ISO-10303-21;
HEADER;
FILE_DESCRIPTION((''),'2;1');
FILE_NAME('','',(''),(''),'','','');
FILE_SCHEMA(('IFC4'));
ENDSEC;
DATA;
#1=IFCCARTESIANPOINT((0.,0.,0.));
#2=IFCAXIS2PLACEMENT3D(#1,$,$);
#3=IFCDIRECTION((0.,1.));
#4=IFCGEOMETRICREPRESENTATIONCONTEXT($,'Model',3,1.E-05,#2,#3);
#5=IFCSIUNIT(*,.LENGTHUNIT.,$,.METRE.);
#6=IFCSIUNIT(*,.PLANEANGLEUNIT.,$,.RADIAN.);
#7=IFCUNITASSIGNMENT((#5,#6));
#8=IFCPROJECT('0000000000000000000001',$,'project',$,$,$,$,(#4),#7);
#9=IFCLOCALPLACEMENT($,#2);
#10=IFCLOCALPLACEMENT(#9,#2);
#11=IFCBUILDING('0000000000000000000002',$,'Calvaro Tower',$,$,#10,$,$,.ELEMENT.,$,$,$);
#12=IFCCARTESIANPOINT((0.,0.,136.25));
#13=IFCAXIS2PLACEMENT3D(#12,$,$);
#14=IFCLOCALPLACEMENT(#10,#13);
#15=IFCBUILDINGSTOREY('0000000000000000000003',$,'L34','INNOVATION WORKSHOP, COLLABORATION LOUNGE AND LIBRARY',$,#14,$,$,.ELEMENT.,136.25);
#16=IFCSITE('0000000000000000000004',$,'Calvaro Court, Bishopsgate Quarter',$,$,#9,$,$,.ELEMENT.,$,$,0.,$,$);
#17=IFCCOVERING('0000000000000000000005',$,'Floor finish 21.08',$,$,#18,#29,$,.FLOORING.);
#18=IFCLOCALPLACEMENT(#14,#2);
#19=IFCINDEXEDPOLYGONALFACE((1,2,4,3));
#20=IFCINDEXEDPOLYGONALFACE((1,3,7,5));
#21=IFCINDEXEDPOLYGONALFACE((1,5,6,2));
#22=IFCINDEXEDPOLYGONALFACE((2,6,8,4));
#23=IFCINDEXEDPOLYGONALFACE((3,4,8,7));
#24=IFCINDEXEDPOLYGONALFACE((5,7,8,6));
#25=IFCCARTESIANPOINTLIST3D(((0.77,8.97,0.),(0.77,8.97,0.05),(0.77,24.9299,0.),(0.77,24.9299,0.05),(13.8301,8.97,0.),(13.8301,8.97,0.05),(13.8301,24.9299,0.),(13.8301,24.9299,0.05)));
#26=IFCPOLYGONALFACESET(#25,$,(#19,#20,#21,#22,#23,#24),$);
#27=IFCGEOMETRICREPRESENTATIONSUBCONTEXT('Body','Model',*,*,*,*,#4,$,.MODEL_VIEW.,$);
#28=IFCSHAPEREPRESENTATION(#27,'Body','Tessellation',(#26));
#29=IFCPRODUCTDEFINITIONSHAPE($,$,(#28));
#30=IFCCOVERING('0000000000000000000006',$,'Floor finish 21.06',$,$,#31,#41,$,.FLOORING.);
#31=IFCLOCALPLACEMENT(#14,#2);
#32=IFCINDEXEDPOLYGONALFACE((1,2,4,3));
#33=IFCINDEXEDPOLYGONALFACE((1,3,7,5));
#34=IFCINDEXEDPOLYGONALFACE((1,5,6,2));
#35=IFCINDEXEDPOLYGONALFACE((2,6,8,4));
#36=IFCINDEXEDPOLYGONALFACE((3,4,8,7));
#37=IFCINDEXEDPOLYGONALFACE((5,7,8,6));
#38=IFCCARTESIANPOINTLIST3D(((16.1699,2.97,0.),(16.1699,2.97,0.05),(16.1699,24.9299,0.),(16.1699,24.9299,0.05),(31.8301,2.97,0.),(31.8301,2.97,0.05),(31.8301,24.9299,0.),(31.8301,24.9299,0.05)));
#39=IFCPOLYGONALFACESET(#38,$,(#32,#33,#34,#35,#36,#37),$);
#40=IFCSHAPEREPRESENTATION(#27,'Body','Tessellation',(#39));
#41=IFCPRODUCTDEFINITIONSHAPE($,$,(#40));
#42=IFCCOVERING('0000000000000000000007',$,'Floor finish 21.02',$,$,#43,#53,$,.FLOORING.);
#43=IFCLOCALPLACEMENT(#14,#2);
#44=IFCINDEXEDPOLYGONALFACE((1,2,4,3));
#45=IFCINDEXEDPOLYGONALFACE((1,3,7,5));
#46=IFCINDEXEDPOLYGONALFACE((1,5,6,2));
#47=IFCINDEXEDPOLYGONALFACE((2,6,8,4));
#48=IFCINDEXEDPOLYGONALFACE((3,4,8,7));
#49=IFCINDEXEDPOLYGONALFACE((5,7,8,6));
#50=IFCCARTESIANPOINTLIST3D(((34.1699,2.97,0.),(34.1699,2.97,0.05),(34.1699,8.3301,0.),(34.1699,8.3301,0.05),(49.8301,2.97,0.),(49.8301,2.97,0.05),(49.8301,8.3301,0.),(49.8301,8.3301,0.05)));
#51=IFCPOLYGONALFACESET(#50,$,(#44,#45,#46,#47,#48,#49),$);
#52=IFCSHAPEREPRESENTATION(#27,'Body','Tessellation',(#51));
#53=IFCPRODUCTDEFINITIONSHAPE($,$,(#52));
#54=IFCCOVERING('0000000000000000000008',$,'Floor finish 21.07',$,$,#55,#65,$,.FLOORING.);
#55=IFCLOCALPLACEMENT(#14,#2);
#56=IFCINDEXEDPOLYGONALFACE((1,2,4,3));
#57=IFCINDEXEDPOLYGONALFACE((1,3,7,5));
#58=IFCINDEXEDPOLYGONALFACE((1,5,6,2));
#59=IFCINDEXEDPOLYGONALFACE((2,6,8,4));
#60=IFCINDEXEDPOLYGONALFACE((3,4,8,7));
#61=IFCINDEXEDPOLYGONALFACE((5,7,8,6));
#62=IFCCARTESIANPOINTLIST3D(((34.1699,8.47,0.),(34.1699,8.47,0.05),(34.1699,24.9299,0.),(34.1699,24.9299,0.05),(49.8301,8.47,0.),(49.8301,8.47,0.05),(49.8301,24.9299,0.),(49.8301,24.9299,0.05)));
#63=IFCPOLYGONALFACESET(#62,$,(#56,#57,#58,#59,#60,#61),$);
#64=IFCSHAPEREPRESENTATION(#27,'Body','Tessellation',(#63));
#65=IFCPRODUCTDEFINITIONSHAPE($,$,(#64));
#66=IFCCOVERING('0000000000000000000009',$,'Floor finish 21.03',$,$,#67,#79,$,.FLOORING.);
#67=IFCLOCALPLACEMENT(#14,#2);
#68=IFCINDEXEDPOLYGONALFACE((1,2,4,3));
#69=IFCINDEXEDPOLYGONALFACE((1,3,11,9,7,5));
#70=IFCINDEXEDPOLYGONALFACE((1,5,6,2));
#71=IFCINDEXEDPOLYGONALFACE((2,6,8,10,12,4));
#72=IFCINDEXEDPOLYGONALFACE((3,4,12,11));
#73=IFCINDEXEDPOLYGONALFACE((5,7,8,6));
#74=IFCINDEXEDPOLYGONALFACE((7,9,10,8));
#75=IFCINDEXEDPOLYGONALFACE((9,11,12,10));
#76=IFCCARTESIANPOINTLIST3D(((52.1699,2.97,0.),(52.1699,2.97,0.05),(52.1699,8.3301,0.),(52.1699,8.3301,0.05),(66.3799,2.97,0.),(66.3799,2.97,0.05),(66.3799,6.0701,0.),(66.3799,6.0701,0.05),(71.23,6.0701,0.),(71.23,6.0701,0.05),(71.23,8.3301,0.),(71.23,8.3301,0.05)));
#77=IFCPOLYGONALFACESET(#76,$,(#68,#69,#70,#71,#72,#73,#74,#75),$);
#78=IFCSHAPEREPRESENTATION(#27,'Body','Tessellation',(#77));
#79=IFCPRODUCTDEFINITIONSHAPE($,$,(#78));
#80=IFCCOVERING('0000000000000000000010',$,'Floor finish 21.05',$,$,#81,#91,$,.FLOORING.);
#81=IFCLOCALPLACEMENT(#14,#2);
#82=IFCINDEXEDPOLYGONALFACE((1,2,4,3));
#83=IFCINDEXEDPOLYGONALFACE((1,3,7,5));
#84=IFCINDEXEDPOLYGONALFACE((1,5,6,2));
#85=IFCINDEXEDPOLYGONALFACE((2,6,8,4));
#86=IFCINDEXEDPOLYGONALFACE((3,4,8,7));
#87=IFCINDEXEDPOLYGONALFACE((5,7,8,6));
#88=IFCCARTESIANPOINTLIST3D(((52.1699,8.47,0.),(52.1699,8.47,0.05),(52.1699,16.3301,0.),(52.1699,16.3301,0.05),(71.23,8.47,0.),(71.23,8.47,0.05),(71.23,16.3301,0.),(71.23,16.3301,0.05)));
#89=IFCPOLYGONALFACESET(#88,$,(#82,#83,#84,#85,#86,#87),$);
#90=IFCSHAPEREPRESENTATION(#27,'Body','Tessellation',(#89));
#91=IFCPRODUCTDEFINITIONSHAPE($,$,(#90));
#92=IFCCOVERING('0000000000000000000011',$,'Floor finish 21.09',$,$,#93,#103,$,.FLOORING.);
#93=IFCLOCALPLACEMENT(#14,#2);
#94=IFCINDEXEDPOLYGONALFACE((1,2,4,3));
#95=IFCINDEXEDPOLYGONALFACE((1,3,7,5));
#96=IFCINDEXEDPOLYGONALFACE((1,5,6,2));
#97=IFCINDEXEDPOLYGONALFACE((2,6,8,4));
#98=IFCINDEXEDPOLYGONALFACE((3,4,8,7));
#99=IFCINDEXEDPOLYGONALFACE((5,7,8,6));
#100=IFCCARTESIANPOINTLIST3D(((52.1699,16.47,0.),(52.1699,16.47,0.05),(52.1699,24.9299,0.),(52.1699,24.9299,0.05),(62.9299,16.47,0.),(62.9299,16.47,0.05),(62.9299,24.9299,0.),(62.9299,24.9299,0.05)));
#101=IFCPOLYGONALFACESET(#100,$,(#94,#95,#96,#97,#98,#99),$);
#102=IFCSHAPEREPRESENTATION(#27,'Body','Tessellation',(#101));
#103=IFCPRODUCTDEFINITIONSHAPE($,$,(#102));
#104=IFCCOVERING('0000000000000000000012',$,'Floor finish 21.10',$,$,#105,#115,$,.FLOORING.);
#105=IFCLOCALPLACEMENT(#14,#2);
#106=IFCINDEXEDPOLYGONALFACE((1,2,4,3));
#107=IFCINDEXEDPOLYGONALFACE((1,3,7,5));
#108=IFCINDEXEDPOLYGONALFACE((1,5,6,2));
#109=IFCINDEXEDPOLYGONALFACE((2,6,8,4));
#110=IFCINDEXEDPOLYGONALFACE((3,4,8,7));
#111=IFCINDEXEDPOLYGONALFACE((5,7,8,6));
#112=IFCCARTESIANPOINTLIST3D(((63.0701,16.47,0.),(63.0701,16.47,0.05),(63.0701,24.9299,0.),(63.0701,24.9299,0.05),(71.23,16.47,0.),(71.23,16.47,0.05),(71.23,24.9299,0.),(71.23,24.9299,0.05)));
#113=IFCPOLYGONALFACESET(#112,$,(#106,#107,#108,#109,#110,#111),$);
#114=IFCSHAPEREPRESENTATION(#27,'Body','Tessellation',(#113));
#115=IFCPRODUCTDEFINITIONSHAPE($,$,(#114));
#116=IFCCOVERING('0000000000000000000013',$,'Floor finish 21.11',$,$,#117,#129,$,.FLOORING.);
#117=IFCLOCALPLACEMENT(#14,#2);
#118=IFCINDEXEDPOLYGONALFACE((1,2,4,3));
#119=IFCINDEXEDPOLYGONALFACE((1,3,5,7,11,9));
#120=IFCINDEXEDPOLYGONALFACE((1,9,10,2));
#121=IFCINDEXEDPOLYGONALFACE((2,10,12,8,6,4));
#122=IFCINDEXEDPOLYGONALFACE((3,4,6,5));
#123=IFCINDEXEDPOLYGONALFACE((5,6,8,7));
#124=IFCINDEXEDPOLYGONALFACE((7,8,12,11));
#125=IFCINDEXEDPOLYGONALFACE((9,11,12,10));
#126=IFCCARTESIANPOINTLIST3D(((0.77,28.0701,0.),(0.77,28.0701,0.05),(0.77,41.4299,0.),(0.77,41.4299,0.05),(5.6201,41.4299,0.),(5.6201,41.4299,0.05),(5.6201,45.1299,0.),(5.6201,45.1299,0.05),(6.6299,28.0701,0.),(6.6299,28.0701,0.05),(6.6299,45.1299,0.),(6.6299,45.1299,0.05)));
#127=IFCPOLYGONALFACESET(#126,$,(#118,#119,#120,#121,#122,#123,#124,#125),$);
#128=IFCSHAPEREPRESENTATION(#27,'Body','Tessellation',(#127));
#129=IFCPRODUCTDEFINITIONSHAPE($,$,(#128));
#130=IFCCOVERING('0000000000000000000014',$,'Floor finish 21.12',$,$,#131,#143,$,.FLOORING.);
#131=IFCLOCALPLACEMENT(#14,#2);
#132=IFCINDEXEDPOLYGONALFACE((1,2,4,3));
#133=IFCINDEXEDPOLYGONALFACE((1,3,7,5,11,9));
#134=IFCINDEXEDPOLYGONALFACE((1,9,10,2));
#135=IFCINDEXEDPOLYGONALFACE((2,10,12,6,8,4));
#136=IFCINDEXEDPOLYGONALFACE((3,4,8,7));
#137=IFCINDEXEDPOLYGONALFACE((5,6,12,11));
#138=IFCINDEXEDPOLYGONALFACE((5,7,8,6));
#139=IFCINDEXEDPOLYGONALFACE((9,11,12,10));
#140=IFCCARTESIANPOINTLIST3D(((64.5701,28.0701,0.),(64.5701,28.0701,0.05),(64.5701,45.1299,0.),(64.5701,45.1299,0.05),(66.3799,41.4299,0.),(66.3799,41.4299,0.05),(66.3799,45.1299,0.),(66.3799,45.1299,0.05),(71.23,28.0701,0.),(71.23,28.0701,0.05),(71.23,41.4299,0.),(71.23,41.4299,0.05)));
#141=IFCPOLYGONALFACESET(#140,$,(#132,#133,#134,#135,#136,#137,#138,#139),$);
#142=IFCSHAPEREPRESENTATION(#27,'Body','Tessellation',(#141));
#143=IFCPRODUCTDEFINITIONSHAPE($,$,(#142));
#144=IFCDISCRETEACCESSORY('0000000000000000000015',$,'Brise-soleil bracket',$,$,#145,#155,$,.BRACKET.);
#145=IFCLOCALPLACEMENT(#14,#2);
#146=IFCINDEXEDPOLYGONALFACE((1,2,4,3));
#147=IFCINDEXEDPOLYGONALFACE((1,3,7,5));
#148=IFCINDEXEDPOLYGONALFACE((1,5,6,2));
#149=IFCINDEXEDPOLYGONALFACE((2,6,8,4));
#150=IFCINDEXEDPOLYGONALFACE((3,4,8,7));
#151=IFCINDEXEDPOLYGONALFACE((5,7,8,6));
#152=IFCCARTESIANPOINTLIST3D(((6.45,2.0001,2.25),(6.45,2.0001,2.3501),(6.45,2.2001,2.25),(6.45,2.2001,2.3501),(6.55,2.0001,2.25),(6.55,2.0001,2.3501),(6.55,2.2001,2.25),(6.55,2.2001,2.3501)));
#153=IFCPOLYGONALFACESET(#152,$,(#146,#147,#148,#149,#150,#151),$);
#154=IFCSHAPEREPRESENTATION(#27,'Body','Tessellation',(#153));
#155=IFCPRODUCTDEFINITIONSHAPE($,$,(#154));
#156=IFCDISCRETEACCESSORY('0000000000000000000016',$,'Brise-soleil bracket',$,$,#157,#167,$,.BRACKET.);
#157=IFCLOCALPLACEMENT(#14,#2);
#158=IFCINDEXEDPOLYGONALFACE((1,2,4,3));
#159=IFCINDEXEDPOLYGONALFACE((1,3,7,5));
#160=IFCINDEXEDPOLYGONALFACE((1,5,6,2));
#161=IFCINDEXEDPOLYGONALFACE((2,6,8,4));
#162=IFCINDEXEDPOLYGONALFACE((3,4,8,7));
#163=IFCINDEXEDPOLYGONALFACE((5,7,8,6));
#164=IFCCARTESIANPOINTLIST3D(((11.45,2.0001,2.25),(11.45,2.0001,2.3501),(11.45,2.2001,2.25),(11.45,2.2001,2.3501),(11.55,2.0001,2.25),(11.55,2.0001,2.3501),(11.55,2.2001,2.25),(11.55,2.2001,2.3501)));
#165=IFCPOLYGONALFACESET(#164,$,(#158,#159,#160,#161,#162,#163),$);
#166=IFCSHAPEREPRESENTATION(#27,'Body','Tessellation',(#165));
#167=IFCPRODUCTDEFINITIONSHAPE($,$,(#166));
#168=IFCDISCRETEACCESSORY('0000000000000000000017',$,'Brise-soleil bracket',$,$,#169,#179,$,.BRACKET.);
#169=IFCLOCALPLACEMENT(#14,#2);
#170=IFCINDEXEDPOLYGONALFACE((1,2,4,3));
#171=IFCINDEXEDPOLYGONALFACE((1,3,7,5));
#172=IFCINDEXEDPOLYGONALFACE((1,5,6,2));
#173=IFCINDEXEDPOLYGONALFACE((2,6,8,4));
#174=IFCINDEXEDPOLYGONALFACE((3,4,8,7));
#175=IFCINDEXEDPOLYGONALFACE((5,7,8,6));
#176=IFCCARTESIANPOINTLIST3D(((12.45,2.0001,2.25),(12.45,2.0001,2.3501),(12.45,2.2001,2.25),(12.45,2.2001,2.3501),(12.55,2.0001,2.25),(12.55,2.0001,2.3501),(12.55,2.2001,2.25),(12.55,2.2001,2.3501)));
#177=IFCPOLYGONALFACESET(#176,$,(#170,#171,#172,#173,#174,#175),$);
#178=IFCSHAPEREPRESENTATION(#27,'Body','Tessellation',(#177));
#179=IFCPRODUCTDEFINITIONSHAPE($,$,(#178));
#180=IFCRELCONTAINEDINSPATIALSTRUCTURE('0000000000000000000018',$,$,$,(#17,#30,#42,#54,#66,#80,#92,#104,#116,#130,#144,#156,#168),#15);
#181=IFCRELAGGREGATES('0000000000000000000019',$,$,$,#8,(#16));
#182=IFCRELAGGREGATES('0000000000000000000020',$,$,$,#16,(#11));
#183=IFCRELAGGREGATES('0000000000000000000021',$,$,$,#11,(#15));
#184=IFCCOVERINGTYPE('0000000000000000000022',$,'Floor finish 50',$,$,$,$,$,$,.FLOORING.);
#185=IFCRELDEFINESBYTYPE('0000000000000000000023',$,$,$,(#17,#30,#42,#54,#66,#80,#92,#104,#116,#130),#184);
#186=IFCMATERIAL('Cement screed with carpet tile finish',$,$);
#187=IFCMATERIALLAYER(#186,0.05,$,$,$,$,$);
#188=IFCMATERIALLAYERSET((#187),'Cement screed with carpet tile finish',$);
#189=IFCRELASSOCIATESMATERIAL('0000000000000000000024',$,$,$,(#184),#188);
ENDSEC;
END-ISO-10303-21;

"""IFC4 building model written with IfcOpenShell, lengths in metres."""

from ifc_helpers import new_model, si_unit, direction, frame, origin, origin_2d, place, context, subcontext, project, spatial, polyline, rectangle, outline, extrude, material, layer, layer_set, type_object, element, save


model = new_model("IFC4")

# Units and contexts
model_context = context("Model", 3, precision=1e-05, world=origin(), true_north=direction((0.0, 1.0)))
body_context = subcontext(model_context, "Body", "Model", "MODEL_VIEW")
ifc_project = project(units=[si_unit("LENGTHUNIT", "METRE"), si_unit("PLANEANGLEUNIT", "RADIAN")], contexts=[model_context])

# Site, building, storey
site_placement = place(None, origin())
site = spatial("IfcSite", under=ifc_project, at=site_placement, Name="Calvaro Court, Bishopsgate Quarter", CompositionType="ELEMENT", RefElevation=0.0)
building_placement = place(site_placement, origin())
building = spatial("IfcBuilding", under=site, at=building_placement, Name="Calvaro Tower", CompositionType="ELEMENT")
storey_placement = place(building_placement, frame((0.0, 0.0, 136.25)))
storey = spatial("IfcBuildingStorey", under=building, at=storey_placement, Name="L34", Description="INNOVATION WORKSHOP, COLLABORATION LOUNGE AND LIBRARY", CompositionType="ELEMENT", Elevation=136.25)

# Coverings
ifc_material_1 = material(Name="Cement screed with carpet tile finish")
ifc_layer_1 = layer(ifc_material_1, 0.05)
ifc_layer_set_1 = layer_set([ifc_layer_1], Name="Cement screed with carpet tile finish")
covering_type = type_object("IfcCoveringType", Name="Floor finish 50", PredefinedType="FLOORING", material=ifc_layer_set_1)
covering_1_placement = place(storey_placement, origin())
element("IfcCovering", 1, at=covering_1_placement, inside=storey, type_object=covering_type, Name="Floor finish 21.08", PredefinedType="FLOORING", context=body_context, shape_type="SweptSolid", body=[
    extrude(outline(polyline([(13.8301, 24.9299), (13.8301, 8.97), (0.77, 8.97), (0.77, 24.9299), (13.8301, 24.9299)])), origin(), (0.0, 0.0, 1.0), 0.05),
])
covering_2_placement = place(storey_placement, origin())
element("IfcCovering", 2, at=covering_2_placement, inside=storey, type_object=covering_type, Name="Floor finish 21.06", PredefinedType="FLOORING", context=body_context, shape_type="SweptSolid", body=[
    extrude(outline(polyline([(16.1699, 24.9299), (31.8301, 24.9299), (31.8301, 2.97), (16.1699, 2.97), (16.1699, 24.9299)])), origin(), (0.0, 0.0, 1.0), 0.05),
])
covering_3_placement = place(storey_placement, origin())
element("IfcCovering", 3, at=covering_3_placement, inside=storey, type_object=covering_type, Name="Floor finish 21.02", PredefinedType="FLOORING", context=body_context, shape_type="SweptSolid", body=[
    extrude(outline(polyline([(34.1699, 8.3301), (49.8301, 8.3301), (49.8301, 2.97), (34.1699, 2.97), (34.1699, 8.3301)])), origin(), (0.0, 0.0, 1.0), 0.05),
])
covering_4_placement = place(storey_placement, origin())
element("IfcCovering", 4, at=covering_4_placement, inside=storey, type_object=covering_type, Name="Floor finish 21.07", PredefinedType="FLOORING", context=body_context, shape_type="SweptSolid", body=[
    extrude(outline(polyline([(34.1699, 8.47), (34.1699, 24.9299), (49.8301, 24.9299), (49.8301, 8.47), (34.1699, 8.47)])), origin(), (0.0, 0.0, 1.0), 0.05),
])
covering_5_placement = place(storey_placement, origin())
element("IfcCovering", 5, at=covering_5_placement, inside=storey, type_object=covering_type, Name="Floor finish 21.03", PredefinedType="FLOORING", context=body_context, shape_type="SweptSolid", body=[
    extrude(outline(polyline([(71.23, 6.0701), (66.3799, 6.0701), (66.3799, 2.97), (52.1699, 2.97), (52.1699, 8.3301), (71.23, 8.3301), (71.23, 6.0701)])), origin(), (0.0, 0.0, 1.0), 0.05),
])
covering_6_placement = place(storey_placement, origin())
element("IfcCovering", 6, at=covering_6_placement, inside=storey, type_object=covering_type, Name="Floor finish 21.05", PredefinedType="FLOORING", context=body_context, shape_type="SweptSolid", body=[
    extrude(outline(polyline([(71.23, 8.47), (52.1699, 8.47), (52.1699, 16.3301), (71.23, 16.3301), (71.23, 8.47)])), origin(), (0.0, 0.0, 1.0), 0.05),
])
covering_7_placement = place(storey_placement, origin())
element("IfcCovering", 7, at=covering_7_placement, inside=storey, type_object=covering_type, Name="Floor finish 21.09", PredefinedType="FLOORING", context=body_context, shape_type="SweptSolid", body=[
    extrude(outline(polyline([(52.1699, 16.47), (52.1699, 24.9299), (62.9299, 24.9299), (62.9299, 16.47), (52.1699, 16.47)])), origin(), (0.0, 0.0, 1.0), 0.05),
])
covering_8_placement = place(storey_placement, origin())
element("IfcCovering", 8, at=covering_8_placement, inside=storey, type_object=covering_type, Name="Floor finish 21.10", PredefinedType="FLOORING", context=body_context, shape_type="SweptSolid", body=[
    extrude(outline(polyline([(71.23, 16.47), (63.0701, 16.47), (63.0701, 24.9299), (71.23, 24.9299), (71.23, 16.47)])), origin(), (0.0, 0.0, 1.0), 0.05),
])
covering_9_placement = place(storey_placement, origin())
element("IfcCovering", 9, at=covering_9_placement, inside=storey, type_object=covering_type, Name="Floor finish 21.11", PredefinedType="FLOORING", context=body_context, shape_type="SweptSolid", body=[
    extrude(outline(polyline([(6.6299, 28.0701), (0.77, 28.0701), (0.77, 41.4299), (5.6201, 41.4299), (5.6201, 45.1299), (6.6299, 45.1299), (6.6299, 28.0701)])), origin(), (0.0, 0.0, 1.0), 0.05),
])
covering_10_placement = place(storey_placement, origin())
element("IfcCovering", 10, at=covering_10_placement, inside=storey, type_object=covering_type, Name="Floor finish 21.12", PredefinedType="FLOORING", context=body_context, shape_type="SweptSolid", body=[
    extrude(outline(polyline([(71.23, 28.0701), (64.5701, 28.0701), (64.5701, 45.1299), (66.3799, 45.1299), (66.3799, 41.4299), (71.23, 41.4299), (71.23, 28.0701)])), origin(), (0.0, 0.0, 1.0), 0.05),
])

# Discrete accessories
for number, where, z_axis, x_axis, name in (
    (11, (6.5, 2.1001, 2.25), (0.0, 0.0, 1.0), (1.0, 0.0, 0.0), "Brise-soleil bracket"),
    (12, (11.5, 2.1001, 2.25), (0.0, 0.0, 1.0), (1.0, 0.0, 0.0), "Brise-soleil bracket"),
    (13, (12.5, 2.1001, 2.25), (0.0, 0.0, 1.0), (1.0, 0.0, 0.0), "Brise-soleil bracket"),
):
    element("IfcDiscreteAccessory", number, at=place(storey_placement, frame(where, z_axis=z_axis, x_axis=x_axis)), inside=storey, Name=name, PredefinedType="BRACKET", context=body_context, shape_type="SweptSolid", body=[
        extrude(rectangle(XDim=0.1001, YDim=0.2, at=origin_2d()), origin(), (0.0, 0.0, 1.0), 0.1001),
    ])

save(model, "model.ifc")
